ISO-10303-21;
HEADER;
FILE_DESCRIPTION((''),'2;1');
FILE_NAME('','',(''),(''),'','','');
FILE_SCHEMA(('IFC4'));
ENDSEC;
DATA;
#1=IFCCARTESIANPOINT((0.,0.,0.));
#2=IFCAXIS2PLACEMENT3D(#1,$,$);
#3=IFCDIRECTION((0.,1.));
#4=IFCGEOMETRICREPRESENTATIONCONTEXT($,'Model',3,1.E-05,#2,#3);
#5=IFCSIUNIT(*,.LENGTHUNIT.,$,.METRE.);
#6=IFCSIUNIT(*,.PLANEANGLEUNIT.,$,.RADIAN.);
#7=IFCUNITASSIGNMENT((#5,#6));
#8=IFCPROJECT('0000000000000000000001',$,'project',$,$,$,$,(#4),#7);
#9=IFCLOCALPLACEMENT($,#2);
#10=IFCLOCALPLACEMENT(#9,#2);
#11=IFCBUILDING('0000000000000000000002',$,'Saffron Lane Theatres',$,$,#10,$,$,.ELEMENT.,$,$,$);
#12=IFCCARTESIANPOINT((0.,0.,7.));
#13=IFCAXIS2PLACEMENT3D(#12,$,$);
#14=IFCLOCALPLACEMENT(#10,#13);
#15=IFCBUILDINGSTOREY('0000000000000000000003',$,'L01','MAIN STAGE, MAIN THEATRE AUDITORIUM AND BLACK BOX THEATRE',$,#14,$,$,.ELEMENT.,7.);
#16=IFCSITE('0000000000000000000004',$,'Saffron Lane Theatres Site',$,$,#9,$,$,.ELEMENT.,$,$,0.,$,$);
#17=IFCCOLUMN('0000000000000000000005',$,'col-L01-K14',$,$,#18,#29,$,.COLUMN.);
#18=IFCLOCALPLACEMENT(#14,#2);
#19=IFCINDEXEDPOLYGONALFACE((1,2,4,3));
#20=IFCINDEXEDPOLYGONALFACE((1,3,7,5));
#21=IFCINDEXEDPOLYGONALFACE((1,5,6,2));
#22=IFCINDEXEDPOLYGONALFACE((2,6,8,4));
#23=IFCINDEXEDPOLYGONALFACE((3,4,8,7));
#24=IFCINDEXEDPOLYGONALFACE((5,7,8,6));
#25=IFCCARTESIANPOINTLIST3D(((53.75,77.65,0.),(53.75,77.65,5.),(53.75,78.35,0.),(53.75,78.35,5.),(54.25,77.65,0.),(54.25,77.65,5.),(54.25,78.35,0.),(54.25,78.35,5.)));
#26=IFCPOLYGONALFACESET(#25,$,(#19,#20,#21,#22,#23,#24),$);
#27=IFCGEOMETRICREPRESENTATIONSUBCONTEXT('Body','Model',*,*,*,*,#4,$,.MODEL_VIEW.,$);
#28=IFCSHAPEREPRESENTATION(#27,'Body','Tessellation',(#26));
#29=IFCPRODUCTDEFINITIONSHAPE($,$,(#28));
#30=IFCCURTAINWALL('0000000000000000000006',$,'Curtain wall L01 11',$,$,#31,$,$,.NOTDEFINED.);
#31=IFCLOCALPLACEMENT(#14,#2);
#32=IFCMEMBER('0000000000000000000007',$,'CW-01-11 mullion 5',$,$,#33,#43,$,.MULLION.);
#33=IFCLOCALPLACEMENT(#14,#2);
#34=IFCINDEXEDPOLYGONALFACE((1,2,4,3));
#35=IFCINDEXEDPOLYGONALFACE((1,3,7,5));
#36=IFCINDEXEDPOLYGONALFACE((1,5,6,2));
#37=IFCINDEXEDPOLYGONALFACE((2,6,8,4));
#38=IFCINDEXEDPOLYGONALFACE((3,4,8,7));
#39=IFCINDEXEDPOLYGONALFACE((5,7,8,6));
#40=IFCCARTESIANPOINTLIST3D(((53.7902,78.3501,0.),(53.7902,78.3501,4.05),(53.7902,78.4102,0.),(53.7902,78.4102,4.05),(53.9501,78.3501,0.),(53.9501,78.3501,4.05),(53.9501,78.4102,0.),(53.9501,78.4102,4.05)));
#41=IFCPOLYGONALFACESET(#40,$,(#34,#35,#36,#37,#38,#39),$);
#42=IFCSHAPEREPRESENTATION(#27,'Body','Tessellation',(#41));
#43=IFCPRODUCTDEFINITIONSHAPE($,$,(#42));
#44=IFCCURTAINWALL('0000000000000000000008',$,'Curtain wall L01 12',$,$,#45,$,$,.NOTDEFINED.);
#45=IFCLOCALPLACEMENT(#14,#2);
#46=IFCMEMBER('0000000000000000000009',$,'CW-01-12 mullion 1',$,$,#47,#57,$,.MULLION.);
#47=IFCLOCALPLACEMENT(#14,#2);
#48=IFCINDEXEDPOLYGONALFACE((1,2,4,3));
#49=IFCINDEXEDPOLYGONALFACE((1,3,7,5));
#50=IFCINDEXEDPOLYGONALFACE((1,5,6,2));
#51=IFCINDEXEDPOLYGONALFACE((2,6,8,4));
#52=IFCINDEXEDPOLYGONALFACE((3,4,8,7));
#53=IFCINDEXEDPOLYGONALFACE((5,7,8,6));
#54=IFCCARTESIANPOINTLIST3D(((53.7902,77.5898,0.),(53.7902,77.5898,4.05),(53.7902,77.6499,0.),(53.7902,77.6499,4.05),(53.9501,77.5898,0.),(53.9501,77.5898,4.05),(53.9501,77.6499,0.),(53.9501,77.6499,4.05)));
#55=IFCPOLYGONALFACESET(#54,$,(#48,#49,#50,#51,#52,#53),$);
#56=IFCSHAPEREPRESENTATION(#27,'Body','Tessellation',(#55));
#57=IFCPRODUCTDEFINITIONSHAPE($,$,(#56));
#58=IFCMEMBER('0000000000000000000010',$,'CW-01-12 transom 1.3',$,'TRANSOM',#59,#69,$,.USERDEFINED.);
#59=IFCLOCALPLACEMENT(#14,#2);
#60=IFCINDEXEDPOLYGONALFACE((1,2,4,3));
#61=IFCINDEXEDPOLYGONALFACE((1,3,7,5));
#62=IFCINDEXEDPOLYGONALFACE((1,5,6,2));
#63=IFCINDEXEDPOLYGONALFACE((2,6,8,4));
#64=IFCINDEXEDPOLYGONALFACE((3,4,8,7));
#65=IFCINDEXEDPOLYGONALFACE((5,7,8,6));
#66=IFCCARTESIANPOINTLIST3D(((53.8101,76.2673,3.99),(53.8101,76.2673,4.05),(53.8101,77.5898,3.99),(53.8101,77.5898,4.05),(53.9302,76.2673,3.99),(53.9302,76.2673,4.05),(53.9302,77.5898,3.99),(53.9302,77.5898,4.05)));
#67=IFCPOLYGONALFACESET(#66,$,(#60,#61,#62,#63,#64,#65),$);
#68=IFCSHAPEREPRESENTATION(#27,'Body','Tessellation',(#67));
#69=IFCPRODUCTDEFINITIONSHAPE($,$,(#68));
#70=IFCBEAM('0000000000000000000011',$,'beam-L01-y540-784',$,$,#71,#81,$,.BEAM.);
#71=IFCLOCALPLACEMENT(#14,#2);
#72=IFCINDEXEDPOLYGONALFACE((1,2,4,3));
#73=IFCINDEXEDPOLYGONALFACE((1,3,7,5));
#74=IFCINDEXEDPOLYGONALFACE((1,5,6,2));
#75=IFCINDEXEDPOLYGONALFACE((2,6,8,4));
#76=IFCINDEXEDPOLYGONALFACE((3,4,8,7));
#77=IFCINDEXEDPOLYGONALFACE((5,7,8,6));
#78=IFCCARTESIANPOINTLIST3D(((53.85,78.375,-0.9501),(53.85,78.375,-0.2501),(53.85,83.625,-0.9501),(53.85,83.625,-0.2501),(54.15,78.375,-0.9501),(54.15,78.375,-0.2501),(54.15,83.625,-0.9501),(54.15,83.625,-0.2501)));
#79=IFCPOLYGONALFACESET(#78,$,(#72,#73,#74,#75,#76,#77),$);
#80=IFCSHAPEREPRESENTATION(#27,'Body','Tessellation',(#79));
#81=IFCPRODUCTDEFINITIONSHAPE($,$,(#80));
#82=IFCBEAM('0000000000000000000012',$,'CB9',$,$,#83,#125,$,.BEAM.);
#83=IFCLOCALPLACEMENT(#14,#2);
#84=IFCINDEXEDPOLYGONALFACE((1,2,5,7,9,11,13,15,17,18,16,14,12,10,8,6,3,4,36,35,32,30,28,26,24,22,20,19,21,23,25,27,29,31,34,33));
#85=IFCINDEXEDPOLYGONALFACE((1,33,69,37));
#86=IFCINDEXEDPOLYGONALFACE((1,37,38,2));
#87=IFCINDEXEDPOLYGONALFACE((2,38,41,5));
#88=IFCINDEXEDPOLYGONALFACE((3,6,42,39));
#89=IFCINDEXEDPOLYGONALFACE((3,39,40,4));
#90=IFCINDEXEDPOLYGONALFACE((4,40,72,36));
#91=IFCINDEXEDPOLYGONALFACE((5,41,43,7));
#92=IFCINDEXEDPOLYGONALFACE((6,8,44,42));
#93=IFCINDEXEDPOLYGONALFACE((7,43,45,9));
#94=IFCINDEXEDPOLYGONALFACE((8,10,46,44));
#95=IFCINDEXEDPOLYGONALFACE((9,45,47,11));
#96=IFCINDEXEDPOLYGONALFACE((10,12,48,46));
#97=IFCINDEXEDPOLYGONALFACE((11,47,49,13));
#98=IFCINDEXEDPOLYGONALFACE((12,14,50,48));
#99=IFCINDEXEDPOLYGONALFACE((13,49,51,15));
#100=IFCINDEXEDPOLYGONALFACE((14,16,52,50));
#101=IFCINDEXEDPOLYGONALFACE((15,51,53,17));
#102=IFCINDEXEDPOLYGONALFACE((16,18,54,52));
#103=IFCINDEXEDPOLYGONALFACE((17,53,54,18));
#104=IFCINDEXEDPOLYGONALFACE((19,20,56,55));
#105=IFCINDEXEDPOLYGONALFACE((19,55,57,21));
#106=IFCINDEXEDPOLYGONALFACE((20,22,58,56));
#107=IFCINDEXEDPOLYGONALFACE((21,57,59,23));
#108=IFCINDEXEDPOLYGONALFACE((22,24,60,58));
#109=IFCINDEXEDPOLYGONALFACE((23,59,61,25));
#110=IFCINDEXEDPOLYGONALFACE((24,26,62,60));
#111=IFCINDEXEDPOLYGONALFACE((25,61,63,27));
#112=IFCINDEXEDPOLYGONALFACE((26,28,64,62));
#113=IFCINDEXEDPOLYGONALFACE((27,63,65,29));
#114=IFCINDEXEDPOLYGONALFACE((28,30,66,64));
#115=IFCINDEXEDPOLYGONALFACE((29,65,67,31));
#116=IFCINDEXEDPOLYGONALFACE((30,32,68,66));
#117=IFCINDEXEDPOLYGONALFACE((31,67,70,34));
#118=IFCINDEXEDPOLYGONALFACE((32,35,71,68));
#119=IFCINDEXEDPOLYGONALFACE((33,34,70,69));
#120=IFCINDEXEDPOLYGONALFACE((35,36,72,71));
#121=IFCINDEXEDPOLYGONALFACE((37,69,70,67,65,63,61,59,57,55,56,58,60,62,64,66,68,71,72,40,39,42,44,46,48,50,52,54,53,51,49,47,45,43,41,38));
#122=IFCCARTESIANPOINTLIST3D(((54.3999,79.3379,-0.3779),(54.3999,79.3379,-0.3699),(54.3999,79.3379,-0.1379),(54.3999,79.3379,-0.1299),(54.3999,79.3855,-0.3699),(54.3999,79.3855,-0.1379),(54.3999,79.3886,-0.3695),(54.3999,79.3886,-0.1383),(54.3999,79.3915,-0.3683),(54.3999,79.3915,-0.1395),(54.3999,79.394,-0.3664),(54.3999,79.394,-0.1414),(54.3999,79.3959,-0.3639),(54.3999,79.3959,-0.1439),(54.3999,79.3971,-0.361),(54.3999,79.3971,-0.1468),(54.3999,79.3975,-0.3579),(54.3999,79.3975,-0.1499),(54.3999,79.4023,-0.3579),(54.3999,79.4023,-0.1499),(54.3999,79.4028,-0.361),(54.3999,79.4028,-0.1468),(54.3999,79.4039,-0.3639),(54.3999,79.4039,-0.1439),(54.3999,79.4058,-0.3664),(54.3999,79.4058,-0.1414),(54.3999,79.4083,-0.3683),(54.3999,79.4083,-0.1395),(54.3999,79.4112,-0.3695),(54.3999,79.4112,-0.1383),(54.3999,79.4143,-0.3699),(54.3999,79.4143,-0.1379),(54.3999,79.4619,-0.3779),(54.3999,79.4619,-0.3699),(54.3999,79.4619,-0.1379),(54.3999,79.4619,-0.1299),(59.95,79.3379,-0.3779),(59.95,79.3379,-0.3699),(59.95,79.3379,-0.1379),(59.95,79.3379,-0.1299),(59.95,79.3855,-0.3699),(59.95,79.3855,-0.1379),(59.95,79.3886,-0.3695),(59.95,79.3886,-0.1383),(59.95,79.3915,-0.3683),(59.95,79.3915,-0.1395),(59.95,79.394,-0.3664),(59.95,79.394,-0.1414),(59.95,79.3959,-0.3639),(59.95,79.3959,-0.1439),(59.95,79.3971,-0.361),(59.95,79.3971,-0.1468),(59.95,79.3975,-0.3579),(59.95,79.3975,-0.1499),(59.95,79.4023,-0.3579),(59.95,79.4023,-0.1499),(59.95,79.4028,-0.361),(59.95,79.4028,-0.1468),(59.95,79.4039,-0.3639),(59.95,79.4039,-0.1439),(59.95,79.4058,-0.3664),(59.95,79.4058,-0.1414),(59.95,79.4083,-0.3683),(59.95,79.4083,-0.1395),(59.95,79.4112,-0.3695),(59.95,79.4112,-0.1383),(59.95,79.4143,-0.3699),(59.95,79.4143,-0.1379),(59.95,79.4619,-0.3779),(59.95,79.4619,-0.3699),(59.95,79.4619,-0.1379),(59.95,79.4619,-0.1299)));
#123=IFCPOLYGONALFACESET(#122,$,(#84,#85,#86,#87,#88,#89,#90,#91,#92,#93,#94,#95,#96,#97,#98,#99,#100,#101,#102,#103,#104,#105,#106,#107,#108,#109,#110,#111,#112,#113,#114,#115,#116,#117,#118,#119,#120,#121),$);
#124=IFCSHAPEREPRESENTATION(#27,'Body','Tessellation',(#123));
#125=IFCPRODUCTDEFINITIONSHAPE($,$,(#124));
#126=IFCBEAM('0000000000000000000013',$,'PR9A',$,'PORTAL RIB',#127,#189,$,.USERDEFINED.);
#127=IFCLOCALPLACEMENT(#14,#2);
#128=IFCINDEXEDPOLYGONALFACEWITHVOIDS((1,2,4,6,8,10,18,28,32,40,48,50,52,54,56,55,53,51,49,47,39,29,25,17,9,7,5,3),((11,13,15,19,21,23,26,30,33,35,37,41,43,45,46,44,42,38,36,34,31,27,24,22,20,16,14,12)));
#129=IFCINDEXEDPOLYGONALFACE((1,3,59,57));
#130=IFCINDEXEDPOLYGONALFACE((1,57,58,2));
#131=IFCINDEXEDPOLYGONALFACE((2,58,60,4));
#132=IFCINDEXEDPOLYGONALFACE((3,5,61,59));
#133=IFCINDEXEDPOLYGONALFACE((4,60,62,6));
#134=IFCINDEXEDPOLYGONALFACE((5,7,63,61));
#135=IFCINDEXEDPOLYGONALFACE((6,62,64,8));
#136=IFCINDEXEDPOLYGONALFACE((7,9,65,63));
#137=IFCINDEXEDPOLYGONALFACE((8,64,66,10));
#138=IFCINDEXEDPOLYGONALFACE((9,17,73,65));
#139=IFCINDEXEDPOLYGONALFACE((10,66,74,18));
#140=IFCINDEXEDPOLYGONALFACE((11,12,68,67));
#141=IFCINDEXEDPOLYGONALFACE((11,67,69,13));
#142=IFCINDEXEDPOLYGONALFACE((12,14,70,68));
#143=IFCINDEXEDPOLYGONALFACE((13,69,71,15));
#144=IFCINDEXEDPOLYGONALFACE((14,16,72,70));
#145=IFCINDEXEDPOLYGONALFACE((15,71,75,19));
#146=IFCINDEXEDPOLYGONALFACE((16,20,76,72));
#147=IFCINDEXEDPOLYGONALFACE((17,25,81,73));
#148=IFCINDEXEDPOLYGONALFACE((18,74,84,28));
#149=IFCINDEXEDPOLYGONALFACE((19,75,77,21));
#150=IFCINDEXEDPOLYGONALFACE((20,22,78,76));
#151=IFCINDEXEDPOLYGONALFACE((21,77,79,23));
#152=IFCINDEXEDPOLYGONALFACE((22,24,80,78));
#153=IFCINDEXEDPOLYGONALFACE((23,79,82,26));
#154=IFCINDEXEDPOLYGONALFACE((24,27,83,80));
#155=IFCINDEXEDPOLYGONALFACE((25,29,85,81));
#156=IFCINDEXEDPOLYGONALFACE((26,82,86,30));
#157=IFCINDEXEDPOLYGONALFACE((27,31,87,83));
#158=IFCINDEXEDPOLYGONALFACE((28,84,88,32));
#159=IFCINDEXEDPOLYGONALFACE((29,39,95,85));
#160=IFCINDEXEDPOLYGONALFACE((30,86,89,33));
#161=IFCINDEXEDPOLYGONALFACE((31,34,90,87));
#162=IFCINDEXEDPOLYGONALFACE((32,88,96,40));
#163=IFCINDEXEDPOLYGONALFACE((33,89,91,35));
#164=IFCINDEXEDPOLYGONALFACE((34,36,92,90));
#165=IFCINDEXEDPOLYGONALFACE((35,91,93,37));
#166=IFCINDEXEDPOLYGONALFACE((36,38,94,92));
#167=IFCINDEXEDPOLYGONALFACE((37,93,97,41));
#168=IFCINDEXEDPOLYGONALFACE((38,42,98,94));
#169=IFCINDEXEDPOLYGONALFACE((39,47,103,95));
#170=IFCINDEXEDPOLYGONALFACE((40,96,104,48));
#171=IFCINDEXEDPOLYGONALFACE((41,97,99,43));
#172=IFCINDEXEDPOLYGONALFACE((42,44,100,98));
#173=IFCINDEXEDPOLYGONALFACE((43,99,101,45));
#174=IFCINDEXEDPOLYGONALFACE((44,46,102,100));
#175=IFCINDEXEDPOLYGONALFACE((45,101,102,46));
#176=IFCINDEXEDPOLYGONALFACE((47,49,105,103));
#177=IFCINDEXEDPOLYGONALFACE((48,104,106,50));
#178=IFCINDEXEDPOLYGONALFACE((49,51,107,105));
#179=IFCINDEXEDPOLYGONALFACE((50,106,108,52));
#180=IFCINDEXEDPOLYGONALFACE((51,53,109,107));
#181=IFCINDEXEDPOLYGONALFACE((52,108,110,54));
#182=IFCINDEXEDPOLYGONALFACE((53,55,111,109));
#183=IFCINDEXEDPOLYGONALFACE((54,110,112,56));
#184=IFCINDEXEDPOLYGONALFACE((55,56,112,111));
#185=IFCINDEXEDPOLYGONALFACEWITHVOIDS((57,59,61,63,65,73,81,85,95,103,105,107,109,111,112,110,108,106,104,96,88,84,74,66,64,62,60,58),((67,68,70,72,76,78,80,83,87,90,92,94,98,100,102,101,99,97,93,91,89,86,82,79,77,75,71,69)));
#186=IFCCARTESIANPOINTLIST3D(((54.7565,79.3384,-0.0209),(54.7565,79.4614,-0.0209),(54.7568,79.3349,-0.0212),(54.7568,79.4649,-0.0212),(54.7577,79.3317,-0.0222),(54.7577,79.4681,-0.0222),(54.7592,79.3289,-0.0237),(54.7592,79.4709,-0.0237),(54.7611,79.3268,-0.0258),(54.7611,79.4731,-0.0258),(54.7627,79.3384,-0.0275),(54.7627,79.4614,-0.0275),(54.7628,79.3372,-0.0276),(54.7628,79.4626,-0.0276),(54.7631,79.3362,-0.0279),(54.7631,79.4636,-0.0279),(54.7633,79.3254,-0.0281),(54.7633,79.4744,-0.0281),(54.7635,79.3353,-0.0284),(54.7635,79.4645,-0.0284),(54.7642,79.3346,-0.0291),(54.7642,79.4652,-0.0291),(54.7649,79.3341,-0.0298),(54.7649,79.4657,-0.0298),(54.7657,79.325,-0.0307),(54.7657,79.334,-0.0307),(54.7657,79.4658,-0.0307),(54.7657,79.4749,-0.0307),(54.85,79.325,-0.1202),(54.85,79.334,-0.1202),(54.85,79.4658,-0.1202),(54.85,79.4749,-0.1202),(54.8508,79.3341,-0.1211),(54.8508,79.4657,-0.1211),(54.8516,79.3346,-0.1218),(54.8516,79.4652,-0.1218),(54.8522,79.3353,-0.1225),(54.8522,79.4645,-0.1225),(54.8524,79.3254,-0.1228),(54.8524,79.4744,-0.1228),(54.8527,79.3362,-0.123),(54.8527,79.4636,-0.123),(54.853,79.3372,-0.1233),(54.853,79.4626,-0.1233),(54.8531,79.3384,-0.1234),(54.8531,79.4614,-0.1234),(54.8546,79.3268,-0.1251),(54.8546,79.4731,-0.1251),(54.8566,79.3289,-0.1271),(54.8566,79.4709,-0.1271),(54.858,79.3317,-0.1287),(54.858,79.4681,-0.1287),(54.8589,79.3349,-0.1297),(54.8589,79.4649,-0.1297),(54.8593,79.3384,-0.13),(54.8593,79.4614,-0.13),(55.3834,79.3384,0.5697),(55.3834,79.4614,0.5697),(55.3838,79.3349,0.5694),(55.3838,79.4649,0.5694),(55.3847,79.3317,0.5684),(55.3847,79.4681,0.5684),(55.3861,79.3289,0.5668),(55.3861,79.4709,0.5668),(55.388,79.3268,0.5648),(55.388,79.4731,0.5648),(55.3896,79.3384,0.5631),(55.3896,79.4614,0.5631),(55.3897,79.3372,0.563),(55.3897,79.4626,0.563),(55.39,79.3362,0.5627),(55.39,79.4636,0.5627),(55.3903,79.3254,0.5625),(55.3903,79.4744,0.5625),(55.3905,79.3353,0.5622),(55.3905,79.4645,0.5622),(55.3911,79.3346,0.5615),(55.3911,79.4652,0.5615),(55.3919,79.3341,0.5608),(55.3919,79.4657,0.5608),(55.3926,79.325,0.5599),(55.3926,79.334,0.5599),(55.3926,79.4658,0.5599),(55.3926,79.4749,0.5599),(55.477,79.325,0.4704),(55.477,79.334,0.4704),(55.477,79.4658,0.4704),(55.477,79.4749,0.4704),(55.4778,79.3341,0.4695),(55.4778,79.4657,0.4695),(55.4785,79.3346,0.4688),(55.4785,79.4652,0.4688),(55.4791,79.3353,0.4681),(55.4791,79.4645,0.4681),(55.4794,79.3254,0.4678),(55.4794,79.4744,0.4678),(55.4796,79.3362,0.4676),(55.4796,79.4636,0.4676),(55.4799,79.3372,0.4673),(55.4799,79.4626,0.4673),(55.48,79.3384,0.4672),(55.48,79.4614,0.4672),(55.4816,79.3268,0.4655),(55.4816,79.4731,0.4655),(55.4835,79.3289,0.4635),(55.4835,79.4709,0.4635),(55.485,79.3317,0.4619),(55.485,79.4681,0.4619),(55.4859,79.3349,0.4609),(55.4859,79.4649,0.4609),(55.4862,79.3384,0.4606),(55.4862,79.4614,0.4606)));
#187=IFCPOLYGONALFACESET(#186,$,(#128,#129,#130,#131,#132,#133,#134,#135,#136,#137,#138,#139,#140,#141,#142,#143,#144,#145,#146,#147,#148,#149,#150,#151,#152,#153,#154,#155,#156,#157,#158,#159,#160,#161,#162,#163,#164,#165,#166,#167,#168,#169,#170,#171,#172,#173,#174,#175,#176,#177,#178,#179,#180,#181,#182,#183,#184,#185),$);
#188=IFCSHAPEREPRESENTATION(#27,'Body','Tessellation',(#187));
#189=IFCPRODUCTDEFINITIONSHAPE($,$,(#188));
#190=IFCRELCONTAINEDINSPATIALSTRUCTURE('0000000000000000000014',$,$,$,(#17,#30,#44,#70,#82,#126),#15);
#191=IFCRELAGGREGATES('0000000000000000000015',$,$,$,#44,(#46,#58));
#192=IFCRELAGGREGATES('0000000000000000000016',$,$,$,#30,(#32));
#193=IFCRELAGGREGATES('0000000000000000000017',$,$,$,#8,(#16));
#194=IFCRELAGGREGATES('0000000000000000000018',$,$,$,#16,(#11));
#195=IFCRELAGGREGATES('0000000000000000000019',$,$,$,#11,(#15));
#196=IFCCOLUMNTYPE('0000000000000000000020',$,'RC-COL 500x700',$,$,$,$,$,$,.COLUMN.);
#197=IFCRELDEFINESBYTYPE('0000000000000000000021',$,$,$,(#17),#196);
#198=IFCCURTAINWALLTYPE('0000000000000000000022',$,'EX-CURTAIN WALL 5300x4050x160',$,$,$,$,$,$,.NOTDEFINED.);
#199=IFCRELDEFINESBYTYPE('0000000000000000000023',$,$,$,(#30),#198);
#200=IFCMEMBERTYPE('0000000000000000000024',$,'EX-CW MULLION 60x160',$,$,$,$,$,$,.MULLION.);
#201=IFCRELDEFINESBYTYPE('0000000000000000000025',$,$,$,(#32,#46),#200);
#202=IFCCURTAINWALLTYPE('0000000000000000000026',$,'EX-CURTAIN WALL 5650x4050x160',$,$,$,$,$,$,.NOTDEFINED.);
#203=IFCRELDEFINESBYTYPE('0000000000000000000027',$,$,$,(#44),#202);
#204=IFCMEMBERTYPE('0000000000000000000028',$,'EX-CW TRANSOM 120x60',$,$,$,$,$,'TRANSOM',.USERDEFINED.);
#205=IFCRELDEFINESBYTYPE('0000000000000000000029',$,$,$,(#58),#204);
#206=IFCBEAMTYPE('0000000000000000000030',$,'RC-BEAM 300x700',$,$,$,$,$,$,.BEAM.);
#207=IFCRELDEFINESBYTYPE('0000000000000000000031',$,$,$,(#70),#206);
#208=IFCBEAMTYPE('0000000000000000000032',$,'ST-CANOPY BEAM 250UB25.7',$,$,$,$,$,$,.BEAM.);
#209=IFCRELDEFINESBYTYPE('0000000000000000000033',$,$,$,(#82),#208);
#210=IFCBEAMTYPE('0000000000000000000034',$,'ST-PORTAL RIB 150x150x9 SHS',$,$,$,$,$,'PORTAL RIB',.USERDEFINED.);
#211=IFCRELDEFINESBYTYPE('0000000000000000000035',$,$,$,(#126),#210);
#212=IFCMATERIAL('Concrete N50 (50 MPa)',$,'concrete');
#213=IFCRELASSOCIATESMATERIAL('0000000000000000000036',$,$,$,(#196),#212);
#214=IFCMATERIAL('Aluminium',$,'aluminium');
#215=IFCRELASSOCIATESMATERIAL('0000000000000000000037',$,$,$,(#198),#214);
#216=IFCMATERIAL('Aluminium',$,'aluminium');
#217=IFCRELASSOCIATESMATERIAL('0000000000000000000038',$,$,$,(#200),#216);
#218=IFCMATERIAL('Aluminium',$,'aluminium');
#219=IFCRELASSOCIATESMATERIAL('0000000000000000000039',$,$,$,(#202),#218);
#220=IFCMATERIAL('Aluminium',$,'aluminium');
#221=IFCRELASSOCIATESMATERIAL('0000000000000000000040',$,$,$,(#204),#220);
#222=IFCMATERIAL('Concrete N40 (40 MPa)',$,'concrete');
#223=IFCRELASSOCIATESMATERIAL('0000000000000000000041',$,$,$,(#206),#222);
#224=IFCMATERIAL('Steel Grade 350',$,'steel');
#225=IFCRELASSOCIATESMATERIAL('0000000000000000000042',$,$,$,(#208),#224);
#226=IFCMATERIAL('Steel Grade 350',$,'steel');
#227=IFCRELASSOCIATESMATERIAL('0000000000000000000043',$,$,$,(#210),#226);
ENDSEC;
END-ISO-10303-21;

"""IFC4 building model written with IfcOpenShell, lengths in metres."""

from ifc_helpers import new_model, si_unit, direction, frame, origin, origin_2d, place, context, subcontext, project, spatial, rectangle, hollow_rectangle, i_section, extrude, material, material_profile, profile_set, type_object, element, aggregate, save


model = new_model("IFC4")

# Units and contexts
model_context = context("Model", 3, precision=1e-05, world=origin(), true_north=direction((0.0, 1.0)))
body_context = subcontext(model_context, "Body", "Model", "MODEL_VIEW")
ifc_project = project(units=[si_unit("LENGTHUNIT", "METRE"), si_unit("PLANEANGLEUNIT", "RADIAN")], contexts=[model_context])

# Site, building, storey
site_placement = place(None, origin())
site = spatial("IfcSite", under=ifc_project, at=site_placement, Name="Saffron Lane Theatres Site", CompositionType="ELEMENT", RefElevation=0.0)
building_placement = place(site_placement, origin())
building = spatial("IfcBuilding", under=site, at=building_placement, Name="Saffron Lane Theatres", CompositionType="ELEMENT")
storey_placement = place(building_placement, frame((0.0, 0.0, 7.0)))
storey = spatial("IfcBuildingStorey", under=building, at=storey_placement, Name="L01", Description="MAIN STAGE, MAIN THEATRE AUDITORIUM AND BLACK BOX THEATRE", CompositionType="ELEMENT", Elevation=7.0)

# Column
ifc_material_1 = material(Name="Concrete N50 (50 MPa)", Category="concrete")
ifc_material_profile_1 = material_profile(ifc_material_1, rectangle(XDim=0.5, YDim=0.7, at=origin_2d()))
ifc_profile_set_1 = profile_set([ifc_material_profile_1], Name="Concrete N50 (50 MPa)")
column_type = type_object("IfcColumnType", Name="RC-COL 500x700", PredefinedType="COLUMN", material=ifc_profile_set_1)
column_placement = place(storey_placement, frame((54.0, 78.0, 0.0), z_axis=(0.0, 0.0, 1.0), x_axis=(1.0, 0.0, 0.0)))
element("IfcColumn", 1, at=column_placement, inside=storey, type_object=column_type, Name="col-L01-K14", PredefinedType="COLUMN", context=body_context, shape_type="SweptSolid", body=[
    extrude(rectangle(XDim=0.5, YDim=0.7, at=origin_2d()), origin(), (0.0, 0.0, 1.0), 5.0),
])

# Curtain wall, member
ifc_material_2 = material(Name="Aluminium", Category="aluminium")
curtain_wall_type_1 = type_object("IfcCurtainWallType", Name="EX-CURTAIN WALL 5300x4050x160", PredefinedType="NOTDEFINED", material=ifc_material_2)
curtain_wall_1_placement = place(storey_placement, origin())
curtain_wall_1 = element("IfcCurtainWall", 2, at=curtain_wall_1_placement, inside=storey, type_object=curtain_wall_type_1, Name="Curtain wall L01 11", PredefinedType="NOTDEFINED")
ifc_material_3 = material(Name="Aluminium", Category="aluminium")
ifc_material_profile_2 = material_profile(ifc_material_3, rectangle(XDim=0.0601, YDim=0.1599, at=origin_2d()))
ifc_profile_set_2 = profile_set([ifc_material_profile_2], Name="Aluminium")
member_type_1 = type_object("IfcMemberType", Name="EX-CW MULLION 60x160", PredefinedType="MULLION", material=ifc_profile_set_2)
member_1_placement = place(storey_placement, frame((53.8701, 78.3801, 0.0), z_axis=(0.0, 0.0, 1.0), x_axis=(0.0, -1.0, 0.0)))
member_1 = element("IfcMember", 3, at=member_1_placement, type_object=member_type_1, Name="CW-01-11 mullion 5", PredefinedType="MULLION", context=body_context, shape_type="SweptSolid", body=[
    extrude(rectangle(XDim=0.0601, YDim=0.1599, at=origin_2d()), origin(), (0.0, 0.0, 1.0), 4.05),
])

# Curtain wall, members
ifc_material_4 = material(Name="Aluminium", Category="aluminium")
curtain_wall_type_2 = type_object("IfcCurtainWallType", Name="EX-CURTAIN WALL 5650x4050x160", PredefinedType="NOTDEFINED", material=ifc_material_4)
curtain_wall_2_placement = place(storey_placement, origin())
curtain_wall_2 = element("IfcCurtainWall", 4, at=curtain_wall_2_placement, inside=storey, type_object=curtain_wall_type_2, Name="Curtain wall L01 12", PredefinedType="NOTDEFINED")
member_2_placement = place(storey_placement, frame((53.8701, 77.6199, 0.0), z_axis=(0.0, 0.0, 1.0), x_axis=(0.0, -1.0, 0.0)))
member_2 = element("IfcMember", 5, at=member_2_placement, type_object=member_type_1, Name="CW-01-12 mullion 1", PredefinedType="MULLION", context=body_context, shape_type="SweptSolid", body=[
    extrude(rectangle(XDim=0.0601, YDim=0.1599, at=origin_2d()), origin(), (0.0, 0.0, 1.0), 4.05),
])
ifc_material_5 = material(Name="Aluminium", Category="aluminium")
ifc_material_profile_3 = material_profile(ifc_material_5, rectangle(XDim=0.1201, YDim=0.0601, at=origin_2d()))
ifc_profile_set_3 = profile_set([ifc_material_profile_3], Name="Aluminium")
member_type_2 = type_object("IfcMemberType", Name="EX-CW TRANSOM 120x60", ElementType="TRANSOM", PredefinedType="USERDEFINED", material=ifc_profile_set_3)
member_3_placement = place(storey_placement, frame((53.8701, 77.5898, 4.02), z_axis=(0.0, -1.0, 0.0), x_axis=(1.0, 0.0, 0.0)))
member_3 = element("IfcMember", 6, at=member_3_placement, type_object=member_type_2, Name="CW-01-12 transom 1.3", ObjectType="TRANSOM", PredefinedType="USERDEFINED", context=body_context, shape_type="SweptSolid", body=[
    extrude(rectangle(XDim=0.1201, YDim=0.0601, at=origin_2d()), origin(), (0.0, 0.0, 1.0), 1.3225),
])
aggregate(curtain_wall_2, [member_2, member_3])

# Beams
ifc_material_6 = material(Name="Concrete N40 (40 MPa)", Category="concrete")
ifc_material_profile_4 = material_profile(ifc_material_6, rectangle(XDim=0.3, YDim=0.7, at=origin_2d()))
ifc_profile_set_4 = profile_set([ifc_material_profile_4], Name="Concrete N40 (40 MPa)")
beam_type_1 = type_object("IfcBeamType", Name="RC-BEAM 300x700", PredefinedType="BEAM", material=ifc_profile_set_4)
beam_1_placement = place(storey_placement, frame((54.0, 78.375, -0.6001), z_axis=(0.0, 1.0, 0.0), x_axis=(-1.0, 0.0, 0.0)))
element("IfcBeam", 7, at=beam_1_placement, inside=storey, type_object=beam_type_1, Name="beam-L01-y540-784", PredefinedType="BEAM", context=body_context, shape_type="SweptSolid", body=[
    extrude(rectangle(XDim=0.3, YDim=0.7, at=origin_2d()), origin(), (0.0, 0.0, 1.0), 5.25),
])
ifc_material_7 = material(Name="Steel Grade 350", Category="steel")
ifc_material_profile_5 = material_profile(ifc_material_7, i_section(OverallWidth=0.124, OverallDepth=0.248, WebThickness=0.0049, FlangeThickness=0.0081, FilletRadius=0.012, at=origin_2d()))
ifc_profile_set_5 = profile_set([ifc_material_profile_5], Name="Steel Grade 350")
beam_type_2 = type_object("IfcBeamType", Name="ST-CANOPY BEAM 250UB25.7", PredefinedType="BEAM", material=ifc_profile_set_5)
beam_2_placement = place(storey_placement, frame((54.3999, 79.3999, -0.2539), z_axis=(1.0, 0.0, 0.0), x_axis=(0.0, 1.0, 0.0)))
element("IfcBeam", 8, at=beam_2_placement, inside=storey, type_object=beam_type_2, Name="CB9", PredefinedType="BEAM", context=body_context, shape_type="SweptSolid", body=[
    extrude(i_section(OverallWidth=0.124, OverallDepth=0.248, WebThickness=0.0049, FlangeThickness=0.0081, FilletRadius=0.012, at=origin_2d()), origin(), (0.0, 0.0, 1.0), 5.55),
])
ifc_material_8 = material(Name="Steel Grade 350", Category="steel")
ifc_material_profile_6 = material_profile(ifc_material_8, hollow_rectangle(XDim=0.1499, YDim=0.1499, WallThickness=0.009, InnerFilletRadius=0.0044, OuterFilletRadius=0.0134, at=origin_2d()))
ifc_profile_set_6 = profile_set([ifc_material_profile_6], Name="Steel Grade 350")
beam_type_3 = type_object("IfcBeamType", Name="ST-PORTAL RIB 150x150x9 SHS", ElementType="PORTAL RIB", PredefinedType="USERDEFINED", material=ifc_profile_set_6)
beam_3_placement = place(storey_placement, frame((54.8079, 79.3999, -0.0754), z_axis=(0.727909, 0.0, 0.685674), x_axis=(0.0, 1.0, 0.0)))
element("IfcBeam", 9, at=beam_3_placement, inside=storey, type_object=beam_type_3, Name="PR9A", ObjectType="PORTAL RIB", PredefinedType="USERDEFINED", context=body_context, shape_type="SweptSolid", body=[
    extrude(hollow_rectangle(XDim=0.1499, YDim=0.1499, WallThickness=0.009, InnerFilletRadius=0.0044, OuterFilletRadius=0.0134, at=origin_2d()), origin(), (0.0, 0.0, 1.0), 0.8613),
])

aggregate(curtain_wall_1, [member_1])

save(model, "model.ifc")
